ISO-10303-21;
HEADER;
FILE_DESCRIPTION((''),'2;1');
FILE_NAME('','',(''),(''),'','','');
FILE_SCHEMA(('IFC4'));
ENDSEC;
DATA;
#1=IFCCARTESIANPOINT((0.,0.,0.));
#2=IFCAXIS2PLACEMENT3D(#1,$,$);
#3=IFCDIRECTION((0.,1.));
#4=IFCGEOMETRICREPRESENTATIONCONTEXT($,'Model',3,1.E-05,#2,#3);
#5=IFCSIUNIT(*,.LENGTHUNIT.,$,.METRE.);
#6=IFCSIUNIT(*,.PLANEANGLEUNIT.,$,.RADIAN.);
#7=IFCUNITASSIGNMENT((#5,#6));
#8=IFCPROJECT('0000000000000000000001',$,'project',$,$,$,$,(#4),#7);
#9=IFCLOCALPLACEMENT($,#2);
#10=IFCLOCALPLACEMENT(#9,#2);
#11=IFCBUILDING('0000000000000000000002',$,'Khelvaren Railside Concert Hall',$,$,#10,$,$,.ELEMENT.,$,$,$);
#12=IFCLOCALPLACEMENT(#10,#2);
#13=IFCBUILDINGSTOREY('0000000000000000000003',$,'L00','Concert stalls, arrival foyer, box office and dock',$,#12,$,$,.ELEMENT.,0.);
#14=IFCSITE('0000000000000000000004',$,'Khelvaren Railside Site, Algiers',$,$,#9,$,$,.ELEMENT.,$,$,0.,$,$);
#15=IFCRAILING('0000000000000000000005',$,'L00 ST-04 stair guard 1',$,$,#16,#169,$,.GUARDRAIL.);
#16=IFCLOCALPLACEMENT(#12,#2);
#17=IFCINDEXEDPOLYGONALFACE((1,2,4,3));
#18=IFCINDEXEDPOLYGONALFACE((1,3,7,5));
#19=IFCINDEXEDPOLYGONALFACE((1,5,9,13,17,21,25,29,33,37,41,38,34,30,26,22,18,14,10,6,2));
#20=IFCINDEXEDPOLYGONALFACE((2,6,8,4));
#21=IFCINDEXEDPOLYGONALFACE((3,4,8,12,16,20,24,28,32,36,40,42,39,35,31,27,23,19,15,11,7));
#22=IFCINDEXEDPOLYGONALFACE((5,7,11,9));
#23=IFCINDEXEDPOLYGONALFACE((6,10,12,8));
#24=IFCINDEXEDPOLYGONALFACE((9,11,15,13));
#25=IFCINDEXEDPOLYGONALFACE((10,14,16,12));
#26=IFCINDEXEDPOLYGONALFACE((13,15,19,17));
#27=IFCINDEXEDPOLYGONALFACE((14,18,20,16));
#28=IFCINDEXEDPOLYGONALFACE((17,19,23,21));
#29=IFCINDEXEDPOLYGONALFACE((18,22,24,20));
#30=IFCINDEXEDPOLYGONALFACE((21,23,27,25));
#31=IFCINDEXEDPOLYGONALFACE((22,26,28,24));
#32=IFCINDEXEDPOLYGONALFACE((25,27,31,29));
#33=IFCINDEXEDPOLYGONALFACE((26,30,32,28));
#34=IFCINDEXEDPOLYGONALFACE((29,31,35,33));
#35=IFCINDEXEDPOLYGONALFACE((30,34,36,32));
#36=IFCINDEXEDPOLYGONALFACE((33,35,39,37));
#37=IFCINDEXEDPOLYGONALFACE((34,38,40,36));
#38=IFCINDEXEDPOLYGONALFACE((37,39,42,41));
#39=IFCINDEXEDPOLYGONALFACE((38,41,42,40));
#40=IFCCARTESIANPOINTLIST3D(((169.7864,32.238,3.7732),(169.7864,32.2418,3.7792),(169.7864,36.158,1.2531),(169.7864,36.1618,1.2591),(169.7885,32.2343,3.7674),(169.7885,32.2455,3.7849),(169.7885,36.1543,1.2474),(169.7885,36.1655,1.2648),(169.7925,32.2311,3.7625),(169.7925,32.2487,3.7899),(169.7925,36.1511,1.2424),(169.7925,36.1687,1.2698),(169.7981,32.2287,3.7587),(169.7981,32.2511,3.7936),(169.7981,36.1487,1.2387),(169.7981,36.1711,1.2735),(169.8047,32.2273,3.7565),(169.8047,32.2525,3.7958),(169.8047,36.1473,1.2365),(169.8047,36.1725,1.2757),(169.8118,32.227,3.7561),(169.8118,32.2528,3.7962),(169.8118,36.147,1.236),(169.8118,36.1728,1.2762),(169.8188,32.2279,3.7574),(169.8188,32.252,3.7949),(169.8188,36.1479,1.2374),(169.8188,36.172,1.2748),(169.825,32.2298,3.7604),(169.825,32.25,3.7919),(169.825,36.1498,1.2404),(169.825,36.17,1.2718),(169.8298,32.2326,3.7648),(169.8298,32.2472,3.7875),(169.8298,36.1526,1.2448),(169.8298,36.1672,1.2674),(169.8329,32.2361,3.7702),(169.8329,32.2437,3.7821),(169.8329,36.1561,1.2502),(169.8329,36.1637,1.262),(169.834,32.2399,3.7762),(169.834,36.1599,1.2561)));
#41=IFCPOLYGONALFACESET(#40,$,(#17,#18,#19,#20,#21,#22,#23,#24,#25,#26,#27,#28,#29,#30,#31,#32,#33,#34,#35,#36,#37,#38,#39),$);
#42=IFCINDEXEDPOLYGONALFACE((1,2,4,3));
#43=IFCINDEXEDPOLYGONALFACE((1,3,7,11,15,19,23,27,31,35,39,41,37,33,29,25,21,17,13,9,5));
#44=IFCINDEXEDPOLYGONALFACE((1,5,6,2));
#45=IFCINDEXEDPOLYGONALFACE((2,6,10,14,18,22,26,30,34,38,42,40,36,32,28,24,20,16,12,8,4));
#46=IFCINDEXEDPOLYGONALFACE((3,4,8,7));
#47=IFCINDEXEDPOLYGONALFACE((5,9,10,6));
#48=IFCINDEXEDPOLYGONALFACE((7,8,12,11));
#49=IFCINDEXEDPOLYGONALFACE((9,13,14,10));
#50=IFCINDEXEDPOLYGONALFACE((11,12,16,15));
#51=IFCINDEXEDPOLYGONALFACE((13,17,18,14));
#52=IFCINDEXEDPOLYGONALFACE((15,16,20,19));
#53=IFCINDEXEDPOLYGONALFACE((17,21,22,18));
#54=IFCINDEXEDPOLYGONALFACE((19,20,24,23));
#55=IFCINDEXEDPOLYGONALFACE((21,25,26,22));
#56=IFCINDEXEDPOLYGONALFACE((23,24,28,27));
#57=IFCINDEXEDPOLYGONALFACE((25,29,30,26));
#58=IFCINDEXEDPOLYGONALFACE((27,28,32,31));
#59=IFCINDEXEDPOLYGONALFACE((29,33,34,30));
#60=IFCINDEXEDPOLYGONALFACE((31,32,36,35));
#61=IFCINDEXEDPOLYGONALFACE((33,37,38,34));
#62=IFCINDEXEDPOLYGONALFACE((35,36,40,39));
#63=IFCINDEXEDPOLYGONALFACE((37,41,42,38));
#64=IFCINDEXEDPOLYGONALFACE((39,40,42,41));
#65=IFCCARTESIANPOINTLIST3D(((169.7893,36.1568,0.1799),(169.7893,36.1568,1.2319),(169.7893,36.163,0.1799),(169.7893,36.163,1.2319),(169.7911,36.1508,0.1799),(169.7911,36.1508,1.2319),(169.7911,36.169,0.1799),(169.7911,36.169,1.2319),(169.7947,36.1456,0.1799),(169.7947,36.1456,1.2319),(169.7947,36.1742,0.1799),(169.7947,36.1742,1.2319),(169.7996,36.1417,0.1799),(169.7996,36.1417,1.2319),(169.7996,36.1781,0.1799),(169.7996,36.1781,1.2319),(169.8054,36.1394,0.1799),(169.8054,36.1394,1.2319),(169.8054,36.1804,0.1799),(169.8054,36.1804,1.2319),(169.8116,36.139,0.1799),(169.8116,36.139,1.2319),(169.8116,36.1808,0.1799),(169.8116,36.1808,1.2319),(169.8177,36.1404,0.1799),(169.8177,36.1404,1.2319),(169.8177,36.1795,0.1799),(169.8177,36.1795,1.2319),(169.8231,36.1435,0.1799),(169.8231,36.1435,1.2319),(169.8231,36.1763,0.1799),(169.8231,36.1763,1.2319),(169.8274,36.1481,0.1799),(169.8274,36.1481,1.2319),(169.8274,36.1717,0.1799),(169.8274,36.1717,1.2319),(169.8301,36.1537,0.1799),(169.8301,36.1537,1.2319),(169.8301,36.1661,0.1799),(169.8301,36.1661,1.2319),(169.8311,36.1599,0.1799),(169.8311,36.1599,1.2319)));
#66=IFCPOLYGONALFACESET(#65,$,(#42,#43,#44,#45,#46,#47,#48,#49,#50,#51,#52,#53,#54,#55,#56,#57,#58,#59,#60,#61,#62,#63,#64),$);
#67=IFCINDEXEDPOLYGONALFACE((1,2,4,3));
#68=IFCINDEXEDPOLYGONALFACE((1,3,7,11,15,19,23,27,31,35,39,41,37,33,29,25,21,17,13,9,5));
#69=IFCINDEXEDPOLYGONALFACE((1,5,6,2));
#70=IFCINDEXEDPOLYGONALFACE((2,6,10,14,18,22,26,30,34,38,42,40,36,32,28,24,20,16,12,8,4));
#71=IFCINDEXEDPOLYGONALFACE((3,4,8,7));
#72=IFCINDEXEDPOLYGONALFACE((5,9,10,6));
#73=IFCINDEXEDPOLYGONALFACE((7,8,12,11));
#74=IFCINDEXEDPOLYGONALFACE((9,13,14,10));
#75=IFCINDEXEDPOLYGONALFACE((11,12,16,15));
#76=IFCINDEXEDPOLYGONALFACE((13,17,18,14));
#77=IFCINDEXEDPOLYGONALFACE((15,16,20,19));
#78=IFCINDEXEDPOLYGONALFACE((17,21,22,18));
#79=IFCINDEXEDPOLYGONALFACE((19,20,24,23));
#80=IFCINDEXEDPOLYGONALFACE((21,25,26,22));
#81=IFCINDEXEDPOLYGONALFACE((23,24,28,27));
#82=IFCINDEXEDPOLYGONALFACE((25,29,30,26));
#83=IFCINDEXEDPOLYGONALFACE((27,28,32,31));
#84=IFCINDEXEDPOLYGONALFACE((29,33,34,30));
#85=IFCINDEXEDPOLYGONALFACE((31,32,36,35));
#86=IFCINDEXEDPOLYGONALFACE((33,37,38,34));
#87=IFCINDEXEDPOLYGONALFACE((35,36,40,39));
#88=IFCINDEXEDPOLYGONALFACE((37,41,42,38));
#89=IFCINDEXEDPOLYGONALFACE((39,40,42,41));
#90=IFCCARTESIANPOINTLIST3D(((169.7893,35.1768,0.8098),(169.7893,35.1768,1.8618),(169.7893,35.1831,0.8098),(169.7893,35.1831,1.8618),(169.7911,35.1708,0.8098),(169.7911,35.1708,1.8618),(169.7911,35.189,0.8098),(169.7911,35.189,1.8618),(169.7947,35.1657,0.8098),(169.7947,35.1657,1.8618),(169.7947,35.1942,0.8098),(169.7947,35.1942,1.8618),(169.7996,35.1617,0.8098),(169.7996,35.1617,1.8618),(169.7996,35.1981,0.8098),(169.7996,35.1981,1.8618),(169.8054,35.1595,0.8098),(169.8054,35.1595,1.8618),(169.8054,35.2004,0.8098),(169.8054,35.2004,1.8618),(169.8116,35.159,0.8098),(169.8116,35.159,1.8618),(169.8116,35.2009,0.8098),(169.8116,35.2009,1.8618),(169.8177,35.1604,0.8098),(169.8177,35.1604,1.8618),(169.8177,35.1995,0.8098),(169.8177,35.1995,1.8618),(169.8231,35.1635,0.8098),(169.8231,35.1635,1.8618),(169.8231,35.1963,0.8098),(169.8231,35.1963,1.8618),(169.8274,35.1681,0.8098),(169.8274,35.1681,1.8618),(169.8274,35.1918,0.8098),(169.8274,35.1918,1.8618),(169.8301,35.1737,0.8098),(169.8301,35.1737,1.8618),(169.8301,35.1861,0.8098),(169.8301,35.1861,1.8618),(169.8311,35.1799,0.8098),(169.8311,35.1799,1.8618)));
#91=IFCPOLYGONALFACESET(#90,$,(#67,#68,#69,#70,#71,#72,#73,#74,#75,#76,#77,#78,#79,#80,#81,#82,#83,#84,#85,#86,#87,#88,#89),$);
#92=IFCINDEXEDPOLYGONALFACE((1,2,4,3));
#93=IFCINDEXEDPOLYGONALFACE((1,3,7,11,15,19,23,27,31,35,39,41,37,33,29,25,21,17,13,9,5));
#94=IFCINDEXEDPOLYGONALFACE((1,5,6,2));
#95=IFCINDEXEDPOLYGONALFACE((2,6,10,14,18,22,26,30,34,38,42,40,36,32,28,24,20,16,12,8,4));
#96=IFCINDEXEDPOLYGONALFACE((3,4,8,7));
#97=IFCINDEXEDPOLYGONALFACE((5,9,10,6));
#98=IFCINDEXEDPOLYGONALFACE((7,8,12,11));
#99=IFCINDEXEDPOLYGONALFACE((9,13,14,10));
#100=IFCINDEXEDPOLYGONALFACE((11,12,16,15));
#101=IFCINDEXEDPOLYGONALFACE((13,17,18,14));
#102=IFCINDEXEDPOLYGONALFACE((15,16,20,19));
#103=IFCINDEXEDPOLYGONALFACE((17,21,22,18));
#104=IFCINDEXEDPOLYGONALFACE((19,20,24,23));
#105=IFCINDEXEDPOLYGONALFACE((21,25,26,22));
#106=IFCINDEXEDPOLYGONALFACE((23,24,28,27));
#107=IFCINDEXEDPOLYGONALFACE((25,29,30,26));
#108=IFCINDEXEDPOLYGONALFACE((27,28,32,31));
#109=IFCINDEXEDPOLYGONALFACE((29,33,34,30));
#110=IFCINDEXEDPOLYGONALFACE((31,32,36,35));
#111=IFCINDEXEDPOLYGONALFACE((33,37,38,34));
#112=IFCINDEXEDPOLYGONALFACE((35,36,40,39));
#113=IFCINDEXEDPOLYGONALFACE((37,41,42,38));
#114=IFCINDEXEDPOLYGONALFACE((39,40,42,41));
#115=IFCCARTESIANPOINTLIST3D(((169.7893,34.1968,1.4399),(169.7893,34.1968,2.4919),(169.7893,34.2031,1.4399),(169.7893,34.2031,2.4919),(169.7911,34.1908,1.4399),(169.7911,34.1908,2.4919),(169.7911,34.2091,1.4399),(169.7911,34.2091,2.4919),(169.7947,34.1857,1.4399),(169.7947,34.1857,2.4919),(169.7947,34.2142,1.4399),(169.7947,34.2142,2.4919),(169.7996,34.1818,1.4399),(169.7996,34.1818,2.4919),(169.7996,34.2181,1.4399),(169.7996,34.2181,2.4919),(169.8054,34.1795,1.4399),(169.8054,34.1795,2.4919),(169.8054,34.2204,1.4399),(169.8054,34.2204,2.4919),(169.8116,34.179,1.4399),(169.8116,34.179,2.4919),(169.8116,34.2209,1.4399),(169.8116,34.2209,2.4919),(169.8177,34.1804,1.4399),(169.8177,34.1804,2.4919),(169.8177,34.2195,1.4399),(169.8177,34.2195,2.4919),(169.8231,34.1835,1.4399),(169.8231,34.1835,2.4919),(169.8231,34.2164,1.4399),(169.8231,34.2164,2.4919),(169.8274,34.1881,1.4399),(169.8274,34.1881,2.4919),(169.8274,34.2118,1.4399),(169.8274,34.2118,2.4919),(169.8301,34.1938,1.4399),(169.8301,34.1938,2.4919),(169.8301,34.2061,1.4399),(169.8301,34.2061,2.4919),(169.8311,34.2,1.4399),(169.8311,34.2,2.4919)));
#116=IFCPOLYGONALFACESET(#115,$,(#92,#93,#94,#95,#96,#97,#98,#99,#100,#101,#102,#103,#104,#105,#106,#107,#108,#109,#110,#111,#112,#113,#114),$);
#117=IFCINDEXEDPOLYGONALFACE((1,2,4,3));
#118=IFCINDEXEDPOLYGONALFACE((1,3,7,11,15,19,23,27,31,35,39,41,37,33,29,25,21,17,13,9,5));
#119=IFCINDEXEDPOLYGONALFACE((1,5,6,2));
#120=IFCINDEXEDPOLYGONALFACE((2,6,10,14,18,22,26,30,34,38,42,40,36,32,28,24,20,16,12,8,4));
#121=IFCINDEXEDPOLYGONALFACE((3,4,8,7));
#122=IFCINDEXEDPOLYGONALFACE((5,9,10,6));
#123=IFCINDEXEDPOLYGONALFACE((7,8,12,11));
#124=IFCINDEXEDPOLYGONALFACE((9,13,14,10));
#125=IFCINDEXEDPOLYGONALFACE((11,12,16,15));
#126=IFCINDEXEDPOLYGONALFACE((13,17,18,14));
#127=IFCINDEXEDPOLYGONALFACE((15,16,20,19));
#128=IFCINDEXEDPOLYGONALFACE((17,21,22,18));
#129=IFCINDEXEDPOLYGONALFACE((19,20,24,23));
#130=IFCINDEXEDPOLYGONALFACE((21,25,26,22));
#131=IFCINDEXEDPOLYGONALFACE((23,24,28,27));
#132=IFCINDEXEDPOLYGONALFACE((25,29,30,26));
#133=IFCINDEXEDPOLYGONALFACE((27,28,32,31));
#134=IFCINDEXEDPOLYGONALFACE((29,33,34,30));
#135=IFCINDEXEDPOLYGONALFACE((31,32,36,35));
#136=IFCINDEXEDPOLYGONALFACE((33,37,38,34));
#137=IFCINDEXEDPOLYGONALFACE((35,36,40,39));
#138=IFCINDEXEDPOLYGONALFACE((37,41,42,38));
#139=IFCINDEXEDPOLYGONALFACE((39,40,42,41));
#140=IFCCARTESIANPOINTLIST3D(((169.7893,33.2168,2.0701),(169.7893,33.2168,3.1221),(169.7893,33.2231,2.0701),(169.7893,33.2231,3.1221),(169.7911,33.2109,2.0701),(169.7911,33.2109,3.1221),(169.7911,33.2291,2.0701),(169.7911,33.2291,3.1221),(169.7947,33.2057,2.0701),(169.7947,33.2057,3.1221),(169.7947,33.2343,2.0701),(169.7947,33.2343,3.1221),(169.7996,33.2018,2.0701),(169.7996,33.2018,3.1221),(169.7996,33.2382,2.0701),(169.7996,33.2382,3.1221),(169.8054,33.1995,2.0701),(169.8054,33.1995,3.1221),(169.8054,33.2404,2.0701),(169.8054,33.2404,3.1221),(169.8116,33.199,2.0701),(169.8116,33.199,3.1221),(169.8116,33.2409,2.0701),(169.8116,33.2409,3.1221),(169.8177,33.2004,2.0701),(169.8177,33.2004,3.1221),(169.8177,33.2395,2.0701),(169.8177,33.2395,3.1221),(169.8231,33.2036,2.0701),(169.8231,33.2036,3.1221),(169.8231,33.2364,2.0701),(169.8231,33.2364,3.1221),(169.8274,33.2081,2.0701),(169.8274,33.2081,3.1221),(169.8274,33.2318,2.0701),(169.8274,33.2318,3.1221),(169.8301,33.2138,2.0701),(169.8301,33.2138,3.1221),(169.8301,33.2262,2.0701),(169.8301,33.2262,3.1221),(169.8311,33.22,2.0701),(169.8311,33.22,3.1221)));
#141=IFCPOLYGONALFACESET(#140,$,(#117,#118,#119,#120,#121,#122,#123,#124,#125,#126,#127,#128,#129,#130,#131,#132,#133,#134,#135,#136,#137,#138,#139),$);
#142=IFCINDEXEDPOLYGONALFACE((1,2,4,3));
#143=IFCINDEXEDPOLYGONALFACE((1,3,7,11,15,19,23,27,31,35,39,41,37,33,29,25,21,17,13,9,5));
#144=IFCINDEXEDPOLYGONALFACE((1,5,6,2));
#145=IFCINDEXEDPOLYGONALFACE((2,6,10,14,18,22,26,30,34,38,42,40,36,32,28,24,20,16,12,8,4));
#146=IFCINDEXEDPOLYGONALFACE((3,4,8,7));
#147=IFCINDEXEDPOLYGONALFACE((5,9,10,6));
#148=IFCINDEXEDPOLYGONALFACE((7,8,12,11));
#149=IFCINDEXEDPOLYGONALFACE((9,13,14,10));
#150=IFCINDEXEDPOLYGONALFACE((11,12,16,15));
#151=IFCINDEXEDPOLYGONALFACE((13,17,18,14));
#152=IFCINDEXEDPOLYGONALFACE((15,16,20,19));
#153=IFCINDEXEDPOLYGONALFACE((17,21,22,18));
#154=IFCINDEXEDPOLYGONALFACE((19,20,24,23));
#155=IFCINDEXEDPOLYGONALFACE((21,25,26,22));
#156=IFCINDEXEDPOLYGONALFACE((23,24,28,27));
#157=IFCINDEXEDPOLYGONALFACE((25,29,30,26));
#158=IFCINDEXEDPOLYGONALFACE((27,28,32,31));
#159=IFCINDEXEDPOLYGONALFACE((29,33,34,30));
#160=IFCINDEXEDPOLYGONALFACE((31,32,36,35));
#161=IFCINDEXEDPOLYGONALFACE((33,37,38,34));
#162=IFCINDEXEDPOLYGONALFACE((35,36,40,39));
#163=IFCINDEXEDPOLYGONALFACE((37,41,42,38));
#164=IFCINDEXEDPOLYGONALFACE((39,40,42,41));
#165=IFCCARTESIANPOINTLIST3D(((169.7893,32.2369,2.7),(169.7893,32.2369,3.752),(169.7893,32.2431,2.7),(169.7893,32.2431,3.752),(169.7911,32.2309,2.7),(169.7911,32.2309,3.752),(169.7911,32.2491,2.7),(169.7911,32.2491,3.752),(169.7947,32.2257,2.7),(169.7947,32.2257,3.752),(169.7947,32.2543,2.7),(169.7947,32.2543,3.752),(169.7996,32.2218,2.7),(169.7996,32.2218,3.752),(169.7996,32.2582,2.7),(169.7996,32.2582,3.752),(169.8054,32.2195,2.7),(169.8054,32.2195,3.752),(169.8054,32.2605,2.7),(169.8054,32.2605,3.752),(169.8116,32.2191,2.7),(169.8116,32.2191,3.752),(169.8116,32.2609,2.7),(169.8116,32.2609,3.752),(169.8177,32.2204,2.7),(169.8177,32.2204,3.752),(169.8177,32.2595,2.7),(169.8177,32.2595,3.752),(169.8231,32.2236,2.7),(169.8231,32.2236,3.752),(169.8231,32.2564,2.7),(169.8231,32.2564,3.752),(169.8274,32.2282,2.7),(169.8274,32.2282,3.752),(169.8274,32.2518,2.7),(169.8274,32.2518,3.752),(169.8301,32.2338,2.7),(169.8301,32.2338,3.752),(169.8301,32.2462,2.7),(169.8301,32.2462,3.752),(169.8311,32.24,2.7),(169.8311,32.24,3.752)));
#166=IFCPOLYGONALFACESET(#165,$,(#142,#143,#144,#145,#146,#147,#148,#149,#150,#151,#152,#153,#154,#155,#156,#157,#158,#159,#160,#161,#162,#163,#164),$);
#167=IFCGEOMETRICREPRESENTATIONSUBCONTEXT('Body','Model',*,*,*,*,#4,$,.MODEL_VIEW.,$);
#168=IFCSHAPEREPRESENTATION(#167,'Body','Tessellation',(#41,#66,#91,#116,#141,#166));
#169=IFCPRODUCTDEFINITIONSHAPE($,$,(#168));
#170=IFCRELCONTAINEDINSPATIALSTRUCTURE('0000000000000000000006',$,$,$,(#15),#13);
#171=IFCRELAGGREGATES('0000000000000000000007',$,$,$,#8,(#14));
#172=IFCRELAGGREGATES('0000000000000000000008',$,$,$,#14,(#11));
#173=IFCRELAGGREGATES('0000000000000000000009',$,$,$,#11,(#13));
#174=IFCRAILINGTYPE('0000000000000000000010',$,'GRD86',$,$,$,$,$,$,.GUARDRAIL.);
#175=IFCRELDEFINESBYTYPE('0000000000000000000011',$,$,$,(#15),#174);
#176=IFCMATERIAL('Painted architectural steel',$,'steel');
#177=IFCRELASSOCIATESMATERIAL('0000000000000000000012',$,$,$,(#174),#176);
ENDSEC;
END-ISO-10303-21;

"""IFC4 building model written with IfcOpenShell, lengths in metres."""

from ifc_helpers import new_model, si_unit, direction, frame, origin, origin_2d, place, context, subcontext, project, spatial, circle, extrude, material, type_object, element, save


model = new_model("IFC4")

# Units and contexts
model_context = context("Model", 3, precision=1e-05, world=origin(), true_north=direction((0.0, 1.0)))
body_context = subcontext(model_context, "Body", "Model", "MODEL_VIEW")
ifc_project = project(units=[si_unit("LENGTHUNIT", "METRE"), si_unit("PLANEANGLEUNIT", "RADIAN")], contexts=[model_context])

# Site, building, storey
site_placement = place(None, origin())
site = spatial("IfcSite", under=ifc_project, at=site_placement, Name="Khelvaren Railside Site, Algiers", CompositionType="ELEMENT", RefElevation=0.0)
building_placement = place(site_placement, origin())
building = spatial("IfcBuilding", under=site, at=building_placement, Name="Khelvaren Railside Concert Hall", CompositionType="ELEMENT")
storey_placement = place(building_placement, origin())
storey = spatial("IfcBuildingStorey", under=building, at=storey_placement, Name="L00", Description="Concert stalls, arrival foyer, box office and dock", CompositionType="ELEMENT", Elevation=0.0)

# Railing
ifc_material_1 = material(Name="Painted architectural steel", Category="steel")
railing_type_1 = type_object("IfcRailingType", Name="GRD86", PredefinedType="GUARDRAIL", material=ifc_material_1)
railing_1_placement = place(storey_placement, frame((169.8101, 36.1599, 0.1799)))
element("IfcRailing", 1, at=railing_1_placement, inside=storey, type_object=railing_type_1, Name="L00 ST-04 stair guard 1", PredefinedType="GUARDRAIL", context=body_context, shape_type="SweptSolid", body=[
    extrude(circle(Radius=0.0239, at=origin_2d()), frame((0.0, 0.0, 1.0762), z_axis=(0.0, -0.841172, 0.540768), x_axis=(1.0, 0.0, 0.0)), (0.0, 0.0, 1.0), 4.6602),
    extrude(circle(Radius=0.021, at=origin_2d()), origin(), (0.0, 0.0, 1.0), 1.052),
    extrude(circle(Radius=0.021, at=origin_2d()), frame((0.0, -0.98, 0.6299)), (0.0, 0.0, 1.0), 1.052),
    extrude(circle(Radius=0.021, at=origin_2d()), frame((0.0, -1.96, 1.26)), (0.0, 0.0, 1.0), 1.052),
    extrude(circle(Radius=0.021, at=origin_2d()), frame((0.0, -2.9399, 1.8901)), (0.0, 0.0, 1.0), 1.052),
    extrude(circle(Radius=0.021, at=origin_2d()), frame((0.0, -3.9199, 2.52)), (0.0, 0.0, 1.0), 1.052),
])

save(model, "model.ifc")
